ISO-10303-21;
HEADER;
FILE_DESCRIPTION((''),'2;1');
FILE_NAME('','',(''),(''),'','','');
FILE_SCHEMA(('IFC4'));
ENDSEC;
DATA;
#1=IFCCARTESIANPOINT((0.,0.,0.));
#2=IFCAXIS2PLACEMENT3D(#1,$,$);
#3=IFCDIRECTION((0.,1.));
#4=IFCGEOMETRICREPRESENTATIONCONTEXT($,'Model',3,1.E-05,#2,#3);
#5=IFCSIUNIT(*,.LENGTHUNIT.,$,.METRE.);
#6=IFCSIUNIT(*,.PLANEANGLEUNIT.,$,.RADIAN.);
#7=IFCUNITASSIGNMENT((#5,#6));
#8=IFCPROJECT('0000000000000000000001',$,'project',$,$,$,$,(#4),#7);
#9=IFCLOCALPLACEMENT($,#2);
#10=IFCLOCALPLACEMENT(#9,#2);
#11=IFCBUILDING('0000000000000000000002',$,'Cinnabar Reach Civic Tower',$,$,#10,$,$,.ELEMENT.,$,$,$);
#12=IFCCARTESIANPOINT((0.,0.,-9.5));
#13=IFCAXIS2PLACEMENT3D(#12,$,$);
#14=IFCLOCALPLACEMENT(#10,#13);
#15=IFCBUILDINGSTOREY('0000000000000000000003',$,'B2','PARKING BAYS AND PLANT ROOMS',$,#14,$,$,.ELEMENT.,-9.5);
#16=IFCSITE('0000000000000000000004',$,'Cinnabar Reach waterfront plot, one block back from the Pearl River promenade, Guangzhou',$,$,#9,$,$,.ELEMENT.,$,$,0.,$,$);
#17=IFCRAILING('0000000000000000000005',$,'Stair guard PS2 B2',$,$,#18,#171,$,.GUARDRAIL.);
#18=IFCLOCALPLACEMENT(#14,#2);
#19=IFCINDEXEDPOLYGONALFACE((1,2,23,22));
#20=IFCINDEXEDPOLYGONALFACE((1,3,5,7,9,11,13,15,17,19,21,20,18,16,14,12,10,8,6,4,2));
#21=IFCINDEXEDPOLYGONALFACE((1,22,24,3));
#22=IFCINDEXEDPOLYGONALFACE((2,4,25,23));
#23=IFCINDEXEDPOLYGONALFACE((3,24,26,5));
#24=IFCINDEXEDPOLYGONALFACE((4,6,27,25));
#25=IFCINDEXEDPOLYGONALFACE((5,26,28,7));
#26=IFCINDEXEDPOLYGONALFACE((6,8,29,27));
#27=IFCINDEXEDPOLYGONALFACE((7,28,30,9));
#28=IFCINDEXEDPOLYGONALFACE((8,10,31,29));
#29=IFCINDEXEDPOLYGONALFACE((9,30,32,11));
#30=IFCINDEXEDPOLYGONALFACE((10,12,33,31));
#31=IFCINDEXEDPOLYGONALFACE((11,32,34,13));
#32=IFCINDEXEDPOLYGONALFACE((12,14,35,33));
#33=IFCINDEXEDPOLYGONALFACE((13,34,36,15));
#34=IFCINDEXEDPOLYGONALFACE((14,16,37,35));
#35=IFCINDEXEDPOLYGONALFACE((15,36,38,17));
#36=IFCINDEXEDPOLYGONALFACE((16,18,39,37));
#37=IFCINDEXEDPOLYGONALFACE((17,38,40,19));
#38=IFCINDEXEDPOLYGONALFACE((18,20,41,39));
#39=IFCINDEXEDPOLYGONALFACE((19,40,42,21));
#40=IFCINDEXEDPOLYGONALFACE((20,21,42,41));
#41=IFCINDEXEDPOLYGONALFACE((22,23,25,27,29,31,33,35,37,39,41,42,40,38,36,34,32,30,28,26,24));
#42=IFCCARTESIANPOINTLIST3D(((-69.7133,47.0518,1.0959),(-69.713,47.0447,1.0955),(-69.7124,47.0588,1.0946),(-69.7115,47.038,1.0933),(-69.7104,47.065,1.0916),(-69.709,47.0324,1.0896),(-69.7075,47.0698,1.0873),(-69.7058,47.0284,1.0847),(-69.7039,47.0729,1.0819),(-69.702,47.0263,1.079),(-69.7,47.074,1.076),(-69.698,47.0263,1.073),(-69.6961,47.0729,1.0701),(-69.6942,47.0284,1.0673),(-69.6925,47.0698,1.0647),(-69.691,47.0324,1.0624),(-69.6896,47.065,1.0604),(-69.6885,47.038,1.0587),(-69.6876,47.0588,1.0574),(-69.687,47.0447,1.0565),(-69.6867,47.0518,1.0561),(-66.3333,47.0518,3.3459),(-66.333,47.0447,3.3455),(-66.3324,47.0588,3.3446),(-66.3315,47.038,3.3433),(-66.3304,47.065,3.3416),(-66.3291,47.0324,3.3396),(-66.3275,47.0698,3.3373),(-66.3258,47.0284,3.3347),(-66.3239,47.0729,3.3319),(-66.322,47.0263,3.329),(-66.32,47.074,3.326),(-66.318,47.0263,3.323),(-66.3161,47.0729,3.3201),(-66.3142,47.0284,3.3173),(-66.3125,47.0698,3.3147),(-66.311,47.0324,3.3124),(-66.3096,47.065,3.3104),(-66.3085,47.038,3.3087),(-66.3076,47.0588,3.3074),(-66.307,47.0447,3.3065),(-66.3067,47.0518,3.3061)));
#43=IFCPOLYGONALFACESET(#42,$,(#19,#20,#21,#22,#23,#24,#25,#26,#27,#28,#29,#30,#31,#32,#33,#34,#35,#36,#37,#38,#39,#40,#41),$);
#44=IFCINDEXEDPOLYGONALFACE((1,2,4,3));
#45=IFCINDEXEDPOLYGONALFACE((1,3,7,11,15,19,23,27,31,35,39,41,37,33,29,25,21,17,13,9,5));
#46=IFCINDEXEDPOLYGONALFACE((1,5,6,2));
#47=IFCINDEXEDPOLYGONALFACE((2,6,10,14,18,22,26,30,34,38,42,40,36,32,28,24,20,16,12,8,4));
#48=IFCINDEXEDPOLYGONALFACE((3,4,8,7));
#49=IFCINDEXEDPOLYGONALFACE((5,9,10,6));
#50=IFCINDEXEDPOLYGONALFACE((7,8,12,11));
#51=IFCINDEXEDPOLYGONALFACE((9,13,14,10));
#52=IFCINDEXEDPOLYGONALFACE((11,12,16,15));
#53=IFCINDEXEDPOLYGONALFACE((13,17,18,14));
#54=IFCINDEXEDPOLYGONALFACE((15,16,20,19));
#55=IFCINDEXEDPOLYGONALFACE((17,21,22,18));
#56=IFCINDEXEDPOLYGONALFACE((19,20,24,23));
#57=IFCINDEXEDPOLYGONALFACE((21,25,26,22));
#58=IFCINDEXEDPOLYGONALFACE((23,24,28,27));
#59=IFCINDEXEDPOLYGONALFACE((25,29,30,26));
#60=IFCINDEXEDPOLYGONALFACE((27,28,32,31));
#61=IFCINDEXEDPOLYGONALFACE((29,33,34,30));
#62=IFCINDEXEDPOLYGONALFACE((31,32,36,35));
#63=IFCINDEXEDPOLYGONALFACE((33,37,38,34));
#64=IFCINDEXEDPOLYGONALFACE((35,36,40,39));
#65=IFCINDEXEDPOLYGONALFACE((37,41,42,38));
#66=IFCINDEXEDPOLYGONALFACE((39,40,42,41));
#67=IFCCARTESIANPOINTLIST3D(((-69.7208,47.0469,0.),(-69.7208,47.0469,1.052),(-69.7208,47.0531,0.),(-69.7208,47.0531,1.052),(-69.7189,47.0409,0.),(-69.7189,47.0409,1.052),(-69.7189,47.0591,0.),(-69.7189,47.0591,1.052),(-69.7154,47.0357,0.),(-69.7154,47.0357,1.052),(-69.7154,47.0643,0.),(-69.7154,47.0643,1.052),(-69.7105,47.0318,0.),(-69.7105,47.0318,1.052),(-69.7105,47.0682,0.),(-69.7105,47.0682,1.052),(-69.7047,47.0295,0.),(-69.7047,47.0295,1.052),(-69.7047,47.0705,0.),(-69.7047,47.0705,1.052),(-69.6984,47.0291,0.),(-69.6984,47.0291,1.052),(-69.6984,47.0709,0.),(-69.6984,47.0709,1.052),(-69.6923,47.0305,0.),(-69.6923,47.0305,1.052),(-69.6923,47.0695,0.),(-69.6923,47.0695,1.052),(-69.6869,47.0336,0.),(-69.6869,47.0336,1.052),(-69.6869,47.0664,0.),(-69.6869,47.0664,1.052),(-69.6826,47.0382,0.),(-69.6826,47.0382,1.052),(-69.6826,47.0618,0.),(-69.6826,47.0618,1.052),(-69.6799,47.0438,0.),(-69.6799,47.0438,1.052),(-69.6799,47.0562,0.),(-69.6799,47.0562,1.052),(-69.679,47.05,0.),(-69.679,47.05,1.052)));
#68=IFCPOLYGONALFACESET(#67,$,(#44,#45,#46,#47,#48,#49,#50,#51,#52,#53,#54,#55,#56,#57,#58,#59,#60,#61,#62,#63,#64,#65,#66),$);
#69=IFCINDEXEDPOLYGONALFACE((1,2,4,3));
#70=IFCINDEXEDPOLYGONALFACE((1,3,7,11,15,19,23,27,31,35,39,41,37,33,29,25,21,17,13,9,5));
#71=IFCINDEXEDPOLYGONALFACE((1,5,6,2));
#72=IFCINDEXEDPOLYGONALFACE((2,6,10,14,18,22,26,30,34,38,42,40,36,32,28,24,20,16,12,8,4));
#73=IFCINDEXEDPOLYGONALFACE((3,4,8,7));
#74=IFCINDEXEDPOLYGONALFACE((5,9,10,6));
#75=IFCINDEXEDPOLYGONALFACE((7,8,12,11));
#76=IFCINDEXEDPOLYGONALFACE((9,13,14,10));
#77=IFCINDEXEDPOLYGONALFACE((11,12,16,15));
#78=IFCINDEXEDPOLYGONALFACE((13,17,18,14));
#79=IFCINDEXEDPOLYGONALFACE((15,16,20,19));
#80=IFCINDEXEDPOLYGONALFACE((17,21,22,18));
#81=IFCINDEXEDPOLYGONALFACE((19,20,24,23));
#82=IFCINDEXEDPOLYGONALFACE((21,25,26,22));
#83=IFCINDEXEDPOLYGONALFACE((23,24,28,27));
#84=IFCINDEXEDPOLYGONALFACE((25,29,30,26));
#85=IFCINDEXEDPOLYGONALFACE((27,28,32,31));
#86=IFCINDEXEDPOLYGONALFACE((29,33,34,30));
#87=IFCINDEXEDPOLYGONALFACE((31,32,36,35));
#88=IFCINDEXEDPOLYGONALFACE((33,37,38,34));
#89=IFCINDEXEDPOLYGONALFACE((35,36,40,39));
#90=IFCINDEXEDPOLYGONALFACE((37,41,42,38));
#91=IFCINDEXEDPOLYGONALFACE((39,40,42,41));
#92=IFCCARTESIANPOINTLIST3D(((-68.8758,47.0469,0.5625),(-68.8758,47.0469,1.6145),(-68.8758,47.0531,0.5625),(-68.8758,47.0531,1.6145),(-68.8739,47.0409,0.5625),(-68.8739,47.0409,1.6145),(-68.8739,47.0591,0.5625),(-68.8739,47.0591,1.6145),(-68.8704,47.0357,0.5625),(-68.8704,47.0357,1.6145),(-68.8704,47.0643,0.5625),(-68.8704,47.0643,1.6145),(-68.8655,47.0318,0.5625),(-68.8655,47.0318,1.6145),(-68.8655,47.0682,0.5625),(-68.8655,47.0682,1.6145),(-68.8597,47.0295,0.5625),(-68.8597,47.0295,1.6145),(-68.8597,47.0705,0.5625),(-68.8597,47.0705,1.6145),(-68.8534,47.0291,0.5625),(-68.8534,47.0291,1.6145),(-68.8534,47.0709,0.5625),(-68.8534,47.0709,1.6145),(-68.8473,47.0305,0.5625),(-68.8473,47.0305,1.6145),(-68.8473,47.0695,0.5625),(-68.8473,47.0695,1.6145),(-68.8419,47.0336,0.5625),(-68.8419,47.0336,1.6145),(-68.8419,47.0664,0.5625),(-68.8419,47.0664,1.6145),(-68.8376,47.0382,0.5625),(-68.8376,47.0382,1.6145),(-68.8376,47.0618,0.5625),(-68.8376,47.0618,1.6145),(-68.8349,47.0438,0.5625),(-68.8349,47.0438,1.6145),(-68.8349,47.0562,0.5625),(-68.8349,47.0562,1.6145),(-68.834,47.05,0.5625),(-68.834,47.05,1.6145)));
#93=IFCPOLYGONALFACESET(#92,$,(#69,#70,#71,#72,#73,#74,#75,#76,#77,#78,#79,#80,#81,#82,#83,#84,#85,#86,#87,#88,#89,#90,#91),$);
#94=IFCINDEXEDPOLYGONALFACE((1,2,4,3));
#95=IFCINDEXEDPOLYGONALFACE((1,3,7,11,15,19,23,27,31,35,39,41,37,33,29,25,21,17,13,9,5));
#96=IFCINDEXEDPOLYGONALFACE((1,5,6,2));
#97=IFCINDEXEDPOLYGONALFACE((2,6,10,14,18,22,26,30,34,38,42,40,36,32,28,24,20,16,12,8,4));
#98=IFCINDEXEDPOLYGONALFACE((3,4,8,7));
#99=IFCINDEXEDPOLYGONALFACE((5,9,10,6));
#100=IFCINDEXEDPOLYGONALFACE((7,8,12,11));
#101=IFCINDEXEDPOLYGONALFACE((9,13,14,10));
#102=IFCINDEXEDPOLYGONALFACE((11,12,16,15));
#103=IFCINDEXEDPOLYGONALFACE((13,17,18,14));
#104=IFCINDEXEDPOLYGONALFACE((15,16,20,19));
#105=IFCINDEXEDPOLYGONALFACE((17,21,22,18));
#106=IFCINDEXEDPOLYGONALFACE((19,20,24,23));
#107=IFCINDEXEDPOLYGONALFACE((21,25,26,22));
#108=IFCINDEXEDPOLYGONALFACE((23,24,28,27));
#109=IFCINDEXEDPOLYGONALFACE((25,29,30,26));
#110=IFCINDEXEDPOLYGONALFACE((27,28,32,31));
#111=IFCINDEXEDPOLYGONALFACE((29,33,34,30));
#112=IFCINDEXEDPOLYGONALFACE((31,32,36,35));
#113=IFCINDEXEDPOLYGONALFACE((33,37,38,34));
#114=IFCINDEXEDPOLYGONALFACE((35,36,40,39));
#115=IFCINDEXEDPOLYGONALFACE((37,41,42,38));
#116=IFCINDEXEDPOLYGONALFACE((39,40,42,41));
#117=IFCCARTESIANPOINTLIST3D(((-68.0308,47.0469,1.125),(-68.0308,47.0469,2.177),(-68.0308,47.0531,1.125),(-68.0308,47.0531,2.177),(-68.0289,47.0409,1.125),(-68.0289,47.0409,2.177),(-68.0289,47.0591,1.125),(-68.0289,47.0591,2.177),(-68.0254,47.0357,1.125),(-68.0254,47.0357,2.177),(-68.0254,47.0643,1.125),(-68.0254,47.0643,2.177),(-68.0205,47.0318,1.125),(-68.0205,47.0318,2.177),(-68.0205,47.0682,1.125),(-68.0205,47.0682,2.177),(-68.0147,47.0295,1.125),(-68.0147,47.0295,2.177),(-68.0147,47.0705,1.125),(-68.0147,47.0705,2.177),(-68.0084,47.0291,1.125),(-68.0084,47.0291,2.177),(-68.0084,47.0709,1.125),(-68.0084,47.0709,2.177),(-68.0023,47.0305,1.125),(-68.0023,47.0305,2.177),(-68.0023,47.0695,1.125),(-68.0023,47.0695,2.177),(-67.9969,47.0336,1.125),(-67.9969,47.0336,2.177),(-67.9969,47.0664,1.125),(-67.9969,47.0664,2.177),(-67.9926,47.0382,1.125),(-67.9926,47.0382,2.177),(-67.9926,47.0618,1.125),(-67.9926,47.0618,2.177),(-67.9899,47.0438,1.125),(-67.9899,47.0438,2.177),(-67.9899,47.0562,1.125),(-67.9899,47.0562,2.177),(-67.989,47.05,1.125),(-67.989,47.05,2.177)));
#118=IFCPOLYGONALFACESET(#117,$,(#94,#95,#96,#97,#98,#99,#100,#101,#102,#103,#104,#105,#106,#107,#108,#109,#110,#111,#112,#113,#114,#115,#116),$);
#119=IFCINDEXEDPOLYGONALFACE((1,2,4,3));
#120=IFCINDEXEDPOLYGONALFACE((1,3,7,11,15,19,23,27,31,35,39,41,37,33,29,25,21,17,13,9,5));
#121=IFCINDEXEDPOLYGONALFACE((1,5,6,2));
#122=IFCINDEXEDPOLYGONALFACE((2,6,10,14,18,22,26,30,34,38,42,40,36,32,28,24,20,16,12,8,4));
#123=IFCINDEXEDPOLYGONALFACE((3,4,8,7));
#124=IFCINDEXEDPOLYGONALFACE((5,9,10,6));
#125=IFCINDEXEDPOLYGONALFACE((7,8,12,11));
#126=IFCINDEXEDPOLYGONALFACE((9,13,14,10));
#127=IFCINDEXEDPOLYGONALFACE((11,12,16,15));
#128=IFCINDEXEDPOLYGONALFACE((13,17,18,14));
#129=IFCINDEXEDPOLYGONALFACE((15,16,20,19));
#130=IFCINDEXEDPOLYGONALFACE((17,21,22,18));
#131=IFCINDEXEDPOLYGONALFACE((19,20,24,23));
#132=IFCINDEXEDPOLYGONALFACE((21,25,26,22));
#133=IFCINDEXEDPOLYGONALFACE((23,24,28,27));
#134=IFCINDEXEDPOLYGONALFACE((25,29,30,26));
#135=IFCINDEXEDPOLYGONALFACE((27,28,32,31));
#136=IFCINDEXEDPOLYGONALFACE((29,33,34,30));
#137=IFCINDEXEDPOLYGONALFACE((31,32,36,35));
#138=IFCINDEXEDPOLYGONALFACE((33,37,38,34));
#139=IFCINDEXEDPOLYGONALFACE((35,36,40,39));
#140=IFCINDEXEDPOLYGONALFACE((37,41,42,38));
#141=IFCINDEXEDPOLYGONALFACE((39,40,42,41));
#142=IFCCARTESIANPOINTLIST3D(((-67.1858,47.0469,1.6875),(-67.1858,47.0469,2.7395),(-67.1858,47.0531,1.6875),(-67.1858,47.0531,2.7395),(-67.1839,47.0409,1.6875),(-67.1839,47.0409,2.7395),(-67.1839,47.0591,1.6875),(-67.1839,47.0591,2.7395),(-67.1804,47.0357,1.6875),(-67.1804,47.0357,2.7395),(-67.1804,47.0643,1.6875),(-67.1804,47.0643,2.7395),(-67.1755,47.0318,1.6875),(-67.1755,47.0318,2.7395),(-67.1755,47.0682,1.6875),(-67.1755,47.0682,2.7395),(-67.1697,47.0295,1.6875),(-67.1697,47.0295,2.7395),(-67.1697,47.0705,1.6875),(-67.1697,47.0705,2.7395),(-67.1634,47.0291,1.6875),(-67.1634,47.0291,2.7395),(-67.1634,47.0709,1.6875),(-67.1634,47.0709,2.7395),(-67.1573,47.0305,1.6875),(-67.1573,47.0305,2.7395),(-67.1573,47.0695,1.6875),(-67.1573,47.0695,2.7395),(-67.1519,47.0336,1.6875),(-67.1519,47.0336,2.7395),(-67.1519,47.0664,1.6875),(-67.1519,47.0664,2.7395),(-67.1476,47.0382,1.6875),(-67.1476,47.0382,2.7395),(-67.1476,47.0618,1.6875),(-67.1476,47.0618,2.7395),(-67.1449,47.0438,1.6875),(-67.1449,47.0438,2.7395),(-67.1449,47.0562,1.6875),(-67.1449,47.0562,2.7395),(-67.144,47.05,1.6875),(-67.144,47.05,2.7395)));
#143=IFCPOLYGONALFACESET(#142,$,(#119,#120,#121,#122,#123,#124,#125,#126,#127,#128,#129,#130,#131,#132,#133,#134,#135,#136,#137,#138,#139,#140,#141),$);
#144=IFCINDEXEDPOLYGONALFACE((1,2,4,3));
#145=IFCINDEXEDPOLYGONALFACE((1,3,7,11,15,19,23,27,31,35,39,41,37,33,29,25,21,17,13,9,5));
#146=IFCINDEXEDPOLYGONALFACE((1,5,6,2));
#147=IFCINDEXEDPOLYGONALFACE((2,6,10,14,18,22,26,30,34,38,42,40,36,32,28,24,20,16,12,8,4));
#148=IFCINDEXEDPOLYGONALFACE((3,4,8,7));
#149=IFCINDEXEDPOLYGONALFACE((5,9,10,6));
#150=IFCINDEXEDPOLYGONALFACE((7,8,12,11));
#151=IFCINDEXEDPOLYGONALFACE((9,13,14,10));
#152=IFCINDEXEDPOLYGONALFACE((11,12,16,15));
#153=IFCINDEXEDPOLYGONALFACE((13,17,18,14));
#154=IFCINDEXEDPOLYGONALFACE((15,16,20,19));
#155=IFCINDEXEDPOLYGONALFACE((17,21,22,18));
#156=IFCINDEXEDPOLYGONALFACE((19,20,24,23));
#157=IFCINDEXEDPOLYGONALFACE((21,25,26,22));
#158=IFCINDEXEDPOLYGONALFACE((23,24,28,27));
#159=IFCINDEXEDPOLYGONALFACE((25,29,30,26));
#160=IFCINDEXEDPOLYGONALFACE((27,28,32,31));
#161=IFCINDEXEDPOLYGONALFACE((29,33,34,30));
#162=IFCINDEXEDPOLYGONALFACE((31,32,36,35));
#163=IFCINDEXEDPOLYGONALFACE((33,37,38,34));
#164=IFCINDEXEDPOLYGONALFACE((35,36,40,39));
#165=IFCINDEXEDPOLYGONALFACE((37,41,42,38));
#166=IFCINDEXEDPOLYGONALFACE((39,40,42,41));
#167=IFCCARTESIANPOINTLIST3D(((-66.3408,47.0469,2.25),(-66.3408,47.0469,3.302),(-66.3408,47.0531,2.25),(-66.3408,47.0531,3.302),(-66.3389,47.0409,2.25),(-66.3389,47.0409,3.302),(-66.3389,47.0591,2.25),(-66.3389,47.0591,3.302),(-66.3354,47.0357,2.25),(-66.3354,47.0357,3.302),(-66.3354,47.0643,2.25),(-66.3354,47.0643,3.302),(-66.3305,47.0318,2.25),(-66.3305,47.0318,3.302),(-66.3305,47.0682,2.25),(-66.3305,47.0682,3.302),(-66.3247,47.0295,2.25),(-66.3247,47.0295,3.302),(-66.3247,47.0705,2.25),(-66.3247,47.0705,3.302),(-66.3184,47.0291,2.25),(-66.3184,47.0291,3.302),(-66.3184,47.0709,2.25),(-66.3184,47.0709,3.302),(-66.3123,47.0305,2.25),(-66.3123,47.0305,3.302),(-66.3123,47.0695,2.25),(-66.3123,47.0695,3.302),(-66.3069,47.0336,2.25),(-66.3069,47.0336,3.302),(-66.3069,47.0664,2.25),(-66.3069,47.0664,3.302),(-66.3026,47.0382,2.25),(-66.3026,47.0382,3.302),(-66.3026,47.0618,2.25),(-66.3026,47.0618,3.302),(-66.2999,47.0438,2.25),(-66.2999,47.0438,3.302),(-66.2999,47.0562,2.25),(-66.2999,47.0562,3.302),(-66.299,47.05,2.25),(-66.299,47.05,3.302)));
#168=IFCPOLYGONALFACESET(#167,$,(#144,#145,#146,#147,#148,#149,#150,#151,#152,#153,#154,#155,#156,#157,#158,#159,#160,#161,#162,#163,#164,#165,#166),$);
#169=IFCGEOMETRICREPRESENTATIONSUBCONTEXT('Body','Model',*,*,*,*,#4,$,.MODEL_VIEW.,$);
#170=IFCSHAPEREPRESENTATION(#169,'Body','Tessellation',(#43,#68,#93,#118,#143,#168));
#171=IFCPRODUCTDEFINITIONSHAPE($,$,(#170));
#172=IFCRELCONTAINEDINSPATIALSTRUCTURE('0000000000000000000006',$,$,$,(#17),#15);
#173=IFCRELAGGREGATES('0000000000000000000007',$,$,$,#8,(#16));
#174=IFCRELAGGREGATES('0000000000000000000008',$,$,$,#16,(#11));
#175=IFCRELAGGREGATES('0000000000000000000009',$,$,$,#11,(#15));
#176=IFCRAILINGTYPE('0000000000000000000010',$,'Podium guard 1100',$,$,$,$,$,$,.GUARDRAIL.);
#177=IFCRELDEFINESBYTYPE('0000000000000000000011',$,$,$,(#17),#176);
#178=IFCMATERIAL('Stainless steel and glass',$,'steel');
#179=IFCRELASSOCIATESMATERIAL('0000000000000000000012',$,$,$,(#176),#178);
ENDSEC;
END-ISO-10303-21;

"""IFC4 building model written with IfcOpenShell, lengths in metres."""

from ifc_helpers import new_model, si_unit, direction, frame, origin, origin_2d, place, context, subcontext, project, spatial, circle, extrude, material, type_object, element, save


model = new_model("IFC4")

# Units and contexts
model_context = context("Model", 3, precision=1e-05, world=origin(), true_north=direction((0.0, 1.0)))
body_context = subcontext(model_context, "Body", "Model", "MODEL_VIEW")
ifc_project = project(units=[si_unit("LENGTHUNIT", "METRE"), si_unit("PLANEANGLEUNIT", "RADIAN")], contexts=[model_context])

# Site, building, storey
site_placement = place(None, origin())
site = spatial("IfcSite", under=ifc_project, at=site_placement, Name="Cinnabar Reach waterfront plot, one block back from the Pearl River promenade, Guangzhou", CompositionType="ELEMENT", RefElevation=0.0)
building_placement = place(site_placement, origin())
building = spatial("IfcBuilding", under=site, at=building_placement, Name="Cinnabar Reach Civic Tower", CompositionType="ELEMENT")
storey_placement = place(building_placement, frame((0.0, 0.0, -9.5)))
storey = spatial("IfcBuildingStorey", under=building, at=storey_placement, Name="B2", Description="PARKING BAYS AND PLANT ROOMS", CompositionType="ELEMENT", Elevation=-9.5)

# Railing
ifc_material_1 = material(Name="Stainless steel and glass", Category="steel")
railing_type_1 = type_object("IfcRailingType", Name="Podium guard 1100", PredefinedType="GUARDRAIL", material=ifc_material_1)
railing_1_placement = place(storey_placement, frame((-69.7, 47.05, 0.0)))
element("IfcRailing", 1, at=railing_1_placement, inside=storey, type_object=railing_type_1, Name="Stair guard PS2 B2", PredefinedType="GUARDRAIL", context=body_context, shape_type="SweptSolid", body=[
    extrude(circle(Radius=0.024, at=origin_2d()), frame((0.0, 0.0, 1.076), z_axis=(0.832429, 0.0, 0.554132), x_axis=(0.0, 1.0, 0.0)), (0.0, 0.0, 1.0), 4.0604),
    extrude(circle(Radius=0.021, at=origin_2d()), origin(), (0.0, 0.0, 1.0), 1.052),
    extrude(circle(Radius=0.021, at=origin_2d()), frame((0.845, 0.0, 0.5625)), (0.0, 0.0, 1.0), 1.052),
    extrude(circle(Radius=0.021, at=origin_2d()), frame((1.69, 0.0, 1.125)), (0.0, 0.0, 1.0), 1.052),
    extrude(circle(Radius=0.021, at=origin_2d()), frame((2.535, 0.0, 1.6875)), (0.0, 0.0, 1.0), 1.052),
    extrude(circle(Radius=0.021, at=origin_2d()), frame((3.38, 0.0, 2.25)), (0.0, 0.0, 1.0), 1.052),
])

save(model, "model.ifc")
